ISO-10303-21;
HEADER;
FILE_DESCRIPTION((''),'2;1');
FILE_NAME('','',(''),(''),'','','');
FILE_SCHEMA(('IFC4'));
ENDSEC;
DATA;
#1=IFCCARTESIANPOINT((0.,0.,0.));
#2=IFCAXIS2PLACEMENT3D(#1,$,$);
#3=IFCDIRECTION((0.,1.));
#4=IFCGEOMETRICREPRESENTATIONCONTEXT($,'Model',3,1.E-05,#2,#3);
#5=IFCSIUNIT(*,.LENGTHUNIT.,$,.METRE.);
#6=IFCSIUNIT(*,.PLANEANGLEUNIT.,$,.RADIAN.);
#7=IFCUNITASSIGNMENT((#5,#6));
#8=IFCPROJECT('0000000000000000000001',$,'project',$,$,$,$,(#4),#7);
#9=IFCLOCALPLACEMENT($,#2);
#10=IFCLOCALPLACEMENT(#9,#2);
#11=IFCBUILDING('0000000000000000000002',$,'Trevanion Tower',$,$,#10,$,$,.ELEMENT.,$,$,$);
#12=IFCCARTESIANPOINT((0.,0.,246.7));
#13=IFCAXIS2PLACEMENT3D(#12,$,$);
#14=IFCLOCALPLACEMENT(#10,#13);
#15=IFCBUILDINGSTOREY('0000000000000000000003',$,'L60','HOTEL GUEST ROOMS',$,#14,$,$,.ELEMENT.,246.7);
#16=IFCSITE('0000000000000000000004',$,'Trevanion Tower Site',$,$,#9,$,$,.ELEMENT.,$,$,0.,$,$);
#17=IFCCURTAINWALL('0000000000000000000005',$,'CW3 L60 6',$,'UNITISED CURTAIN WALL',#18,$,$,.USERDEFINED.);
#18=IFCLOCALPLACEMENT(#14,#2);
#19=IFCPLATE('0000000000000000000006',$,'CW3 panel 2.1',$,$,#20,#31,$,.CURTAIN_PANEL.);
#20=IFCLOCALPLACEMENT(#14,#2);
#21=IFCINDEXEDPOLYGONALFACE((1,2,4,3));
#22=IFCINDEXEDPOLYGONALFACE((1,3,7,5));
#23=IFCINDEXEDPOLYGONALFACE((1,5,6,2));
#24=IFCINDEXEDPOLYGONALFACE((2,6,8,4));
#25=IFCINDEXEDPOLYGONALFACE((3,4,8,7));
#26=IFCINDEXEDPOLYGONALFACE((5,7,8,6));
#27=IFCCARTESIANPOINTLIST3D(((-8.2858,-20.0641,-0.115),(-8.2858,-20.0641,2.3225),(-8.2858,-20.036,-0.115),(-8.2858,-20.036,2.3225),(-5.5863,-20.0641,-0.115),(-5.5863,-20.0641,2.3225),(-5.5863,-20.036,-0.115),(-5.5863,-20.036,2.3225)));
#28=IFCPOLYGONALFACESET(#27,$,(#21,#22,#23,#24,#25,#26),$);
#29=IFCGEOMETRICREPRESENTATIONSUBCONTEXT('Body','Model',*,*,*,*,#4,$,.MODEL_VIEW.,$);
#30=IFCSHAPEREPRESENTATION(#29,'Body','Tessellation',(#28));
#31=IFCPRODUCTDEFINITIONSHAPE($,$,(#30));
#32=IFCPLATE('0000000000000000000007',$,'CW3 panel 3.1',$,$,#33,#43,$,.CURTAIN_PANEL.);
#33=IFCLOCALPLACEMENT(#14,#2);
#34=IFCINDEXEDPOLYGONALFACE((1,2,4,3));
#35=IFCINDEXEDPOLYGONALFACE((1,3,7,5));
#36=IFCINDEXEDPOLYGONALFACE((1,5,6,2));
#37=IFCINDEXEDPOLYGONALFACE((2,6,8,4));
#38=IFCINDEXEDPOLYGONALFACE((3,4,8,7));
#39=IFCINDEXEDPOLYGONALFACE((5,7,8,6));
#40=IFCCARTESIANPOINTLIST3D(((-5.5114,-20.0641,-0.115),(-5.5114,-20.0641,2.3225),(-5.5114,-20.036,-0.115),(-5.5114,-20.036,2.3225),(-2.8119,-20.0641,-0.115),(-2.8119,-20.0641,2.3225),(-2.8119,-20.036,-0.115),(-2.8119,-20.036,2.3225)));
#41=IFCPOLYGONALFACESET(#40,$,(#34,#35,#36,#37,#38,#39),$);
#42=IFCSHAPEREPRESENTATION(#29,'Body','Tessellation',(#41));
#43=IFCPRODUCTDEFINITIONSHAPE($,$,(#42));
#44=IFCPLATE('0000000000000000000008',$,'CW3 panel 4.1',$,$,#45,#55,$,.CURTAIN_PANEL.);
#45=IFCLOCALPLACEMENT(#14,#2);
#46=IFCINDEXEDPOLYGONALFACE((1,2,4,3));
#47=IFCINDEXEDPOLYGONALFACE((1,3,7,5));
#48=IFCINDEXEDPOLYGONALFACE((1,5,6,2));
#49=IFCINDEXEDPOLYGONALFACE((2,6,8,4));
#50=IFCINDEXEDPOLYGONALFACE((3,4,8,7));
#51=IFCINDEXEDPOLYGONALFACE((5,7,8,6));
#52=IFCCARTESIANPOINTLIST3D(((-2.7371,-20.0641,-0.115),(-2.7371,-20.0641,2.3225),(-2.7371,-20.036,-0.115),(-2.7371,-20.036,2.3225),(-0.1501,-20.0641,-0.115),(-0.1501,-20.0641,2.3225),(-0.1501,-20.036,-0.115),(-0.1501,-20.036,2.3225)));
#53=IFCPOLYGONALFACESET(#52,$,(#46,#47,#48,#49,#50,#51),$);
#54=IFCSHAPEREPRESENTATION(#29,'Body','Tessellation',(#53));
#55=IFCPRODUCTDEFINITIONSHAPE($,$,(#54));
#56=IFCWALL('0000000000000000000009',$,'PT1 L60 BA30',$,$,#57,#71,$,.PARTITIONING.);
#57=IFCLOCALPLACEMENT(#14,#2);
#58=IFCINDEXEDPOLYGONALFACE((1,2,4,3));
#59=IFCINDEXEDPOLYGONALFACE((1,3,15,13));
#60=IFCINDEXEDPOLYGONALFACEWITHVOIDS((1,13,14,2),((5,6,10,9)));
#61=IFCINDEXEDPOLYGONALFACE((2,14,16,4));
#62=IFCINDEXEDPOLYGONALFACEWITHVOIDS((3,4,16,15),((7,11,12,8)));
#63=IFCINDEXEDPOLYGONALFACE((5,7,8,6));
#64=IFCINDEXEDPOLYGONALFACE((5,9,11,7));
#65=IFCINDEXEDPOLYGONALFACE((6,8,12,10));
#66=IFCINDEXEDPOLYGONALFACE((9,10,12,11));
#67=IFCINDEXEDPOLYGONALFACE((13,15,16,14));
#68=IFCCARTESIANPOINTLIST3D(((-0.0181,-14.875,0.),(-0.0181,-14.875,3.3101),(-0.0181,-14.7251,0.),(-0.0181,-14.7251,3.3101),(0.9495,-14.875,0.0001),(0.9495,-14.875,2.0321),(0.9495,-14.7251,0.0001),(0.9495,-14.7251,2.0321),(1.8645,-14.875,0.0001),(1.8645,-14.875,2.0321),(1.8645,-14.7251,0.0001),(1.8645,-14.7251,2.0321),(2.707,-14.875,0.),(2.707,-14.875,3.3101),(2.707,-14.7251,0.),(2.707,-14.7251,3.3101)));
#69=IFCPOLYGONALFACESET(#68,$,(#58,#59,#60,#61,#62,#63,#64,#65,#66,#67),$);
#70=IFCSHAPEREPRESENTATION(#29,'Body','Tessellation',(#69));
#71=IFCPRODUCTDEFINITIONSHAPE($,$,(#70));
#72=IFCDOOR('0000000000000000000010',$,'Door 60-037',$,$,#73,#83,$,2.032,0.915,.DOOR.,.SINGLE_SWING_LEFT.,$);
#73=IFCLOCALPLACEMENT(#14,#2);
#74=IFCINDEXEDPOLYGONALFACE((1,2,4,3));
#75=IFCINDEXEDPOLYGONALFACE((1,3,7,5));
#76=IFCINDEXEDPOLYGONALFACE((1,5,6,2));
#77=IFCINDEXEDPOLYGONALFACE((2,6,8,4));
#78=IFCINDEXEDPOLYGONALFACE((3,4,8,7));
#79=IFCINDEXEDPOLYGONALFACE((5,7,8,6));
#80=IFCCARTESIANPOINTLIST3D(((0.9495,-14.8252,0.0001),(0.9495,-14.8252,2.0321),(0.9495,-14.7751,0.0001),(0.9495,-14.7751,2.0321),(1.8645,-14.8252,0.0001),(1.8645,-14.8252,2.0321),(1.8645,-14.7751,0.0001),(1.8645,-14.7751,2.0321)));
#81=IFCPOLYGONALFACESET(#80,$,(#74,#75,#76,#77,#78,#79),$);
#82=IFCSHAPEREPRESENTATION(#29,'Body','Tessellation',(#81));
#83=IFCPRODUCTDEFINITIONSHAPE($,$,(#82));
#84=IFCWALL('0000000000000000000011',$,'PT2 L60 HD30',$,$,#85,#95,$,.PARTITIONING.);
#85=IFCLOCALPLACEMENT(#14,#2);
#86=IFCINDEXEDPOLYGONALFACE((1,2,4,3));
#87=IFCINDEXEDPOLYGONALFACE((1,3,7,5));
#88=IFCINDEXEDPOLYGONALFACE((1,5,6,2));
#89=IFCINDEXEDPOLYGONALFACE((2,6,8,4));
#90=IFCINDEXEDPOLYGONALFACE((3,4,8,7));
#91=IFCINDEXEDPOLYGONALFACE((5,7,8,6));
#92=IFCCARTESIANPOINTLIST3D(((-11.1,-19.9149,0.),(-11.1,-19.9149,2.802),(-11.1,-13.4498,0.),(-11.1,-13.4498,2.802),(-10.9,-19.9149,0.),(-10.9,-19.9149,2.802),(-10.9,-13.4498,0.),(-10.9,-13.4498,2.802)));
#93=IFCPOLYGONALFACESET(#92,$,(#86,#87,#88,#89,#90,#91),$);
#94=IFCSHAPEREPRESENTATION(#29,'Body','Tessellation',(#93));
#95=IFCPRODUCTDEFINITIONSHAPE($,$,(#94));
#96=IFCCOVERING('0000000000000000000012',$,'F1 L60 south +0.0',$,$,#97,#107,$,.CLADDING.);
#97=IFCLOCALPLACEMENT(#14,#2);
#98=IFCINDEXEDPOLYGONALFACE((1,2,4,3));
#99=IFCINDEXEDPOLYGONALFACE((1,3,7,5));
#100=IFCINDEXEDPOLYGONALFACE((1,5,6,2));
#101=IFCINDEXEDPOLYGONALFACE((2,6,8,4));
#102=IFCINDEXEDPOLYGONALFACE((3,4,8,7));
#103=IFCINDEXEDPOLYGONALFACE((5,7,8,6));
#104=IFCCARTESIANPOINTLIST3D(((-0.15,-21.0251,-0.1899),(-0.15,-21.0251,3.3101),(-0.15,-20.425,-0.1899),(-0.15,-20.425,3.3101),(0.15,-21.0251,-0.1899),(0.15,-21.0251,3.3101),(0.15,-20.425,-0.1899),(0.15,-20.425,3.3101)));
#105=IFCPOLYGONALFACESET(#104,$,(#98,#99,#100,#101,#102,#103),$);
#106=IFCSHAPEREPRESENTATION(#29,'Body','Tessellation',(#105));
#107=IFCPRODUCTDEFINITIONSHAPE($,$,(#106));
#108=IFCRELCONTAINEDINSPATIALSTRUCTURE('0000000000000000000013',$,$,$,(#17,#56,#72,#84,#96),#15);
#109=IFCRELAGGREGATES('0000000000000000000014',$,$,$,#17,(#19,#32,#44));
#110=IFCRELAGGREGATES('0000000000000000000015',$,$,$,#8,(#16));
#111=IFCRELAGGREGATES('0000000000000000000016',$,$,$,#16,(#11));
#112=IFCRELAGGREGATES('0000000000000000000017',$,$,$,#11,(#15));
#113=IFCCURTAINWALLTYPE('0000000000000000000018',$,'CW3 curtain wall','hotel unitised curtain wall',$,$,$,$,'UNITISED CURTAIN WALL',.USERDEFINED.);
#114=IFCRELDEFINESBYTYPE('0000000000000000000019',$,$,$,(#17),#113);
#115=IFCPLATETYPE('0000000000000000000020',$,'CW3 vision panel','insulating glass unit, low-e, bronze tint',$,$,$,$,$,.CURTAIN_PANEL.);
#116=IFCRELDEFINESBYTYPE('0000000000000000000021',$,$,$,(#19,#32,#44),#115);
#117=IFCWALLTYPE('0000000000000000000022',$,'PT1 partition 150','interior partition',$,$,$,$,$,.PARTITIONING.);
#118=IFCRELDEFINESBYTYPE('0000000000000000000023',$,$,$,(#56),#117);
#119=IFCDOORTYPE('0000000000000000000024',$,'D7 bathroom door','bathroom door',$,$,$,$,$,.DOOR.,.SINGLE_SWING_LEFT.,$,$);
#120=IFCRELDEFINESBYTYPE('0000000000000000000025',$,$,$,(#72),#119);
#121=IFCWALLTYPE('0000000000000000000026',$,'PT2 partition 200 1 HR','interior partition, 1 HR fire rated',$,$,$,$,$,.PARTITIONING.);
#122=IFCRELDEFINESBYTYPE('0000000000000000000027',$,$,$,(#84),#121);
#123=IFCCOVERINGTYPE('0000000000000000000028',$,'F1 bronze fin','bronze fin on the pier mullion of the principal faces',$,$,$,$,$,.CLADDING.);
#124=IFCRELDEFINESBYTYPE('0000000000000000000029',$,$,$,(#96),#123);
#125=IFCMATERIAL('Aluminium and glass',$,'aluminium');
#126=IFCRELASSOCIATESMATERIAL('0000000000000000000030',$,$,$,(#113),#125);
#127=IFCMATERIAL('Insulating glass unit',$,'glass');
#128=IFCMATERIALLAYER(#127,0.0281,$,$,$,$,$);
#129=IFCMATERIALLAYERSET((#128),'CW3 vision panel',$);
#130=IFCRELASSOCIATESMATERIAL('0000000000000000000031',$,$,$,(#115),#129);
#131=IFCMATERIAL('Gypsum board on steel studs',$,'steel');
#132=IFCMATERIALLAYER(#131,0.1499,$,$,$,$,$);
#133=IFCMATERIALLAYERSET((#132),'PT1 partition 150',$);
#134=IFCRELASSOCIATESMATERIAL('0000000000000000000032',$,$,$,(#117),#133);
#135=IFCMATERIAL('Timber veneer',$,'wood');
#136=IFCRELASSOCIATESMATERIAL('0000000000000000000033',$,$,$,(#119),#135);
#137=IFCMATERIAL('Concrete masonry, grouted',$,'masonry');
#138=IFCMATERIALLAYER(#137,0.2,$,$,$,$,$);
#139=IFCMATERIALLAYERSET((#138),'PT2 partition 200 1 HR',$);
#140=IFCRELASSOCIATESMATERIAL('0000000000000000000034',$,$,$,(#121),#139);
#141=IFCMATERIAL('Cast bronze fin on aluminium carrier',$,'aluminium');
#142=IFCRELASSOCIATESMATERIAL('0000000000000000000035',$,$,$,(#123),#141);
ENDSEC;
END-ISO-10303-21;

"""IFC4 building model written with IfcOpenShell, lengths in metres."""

from ifc_helpers import new_model, si_unit, direction, frame, frame_2d, origin, origin_2d, place, context, subcontext, project, spatial, rectangle, extrude, material, layer, layer_set, type_object, element, fill, aggregate, save


model = new_model("IFC4")

# Units and contexts
model_context = context("Model", 3, precision=1e-05, world=origin(), true_north=direction((0.0, 1.0)))
body_context = subcontext(model_context, "Body", "Model", "MODEL_VIEW")
ifc_project = project(units=[si_unit("LENGTHUNIT", "METRE"), si_unit("PLANEANGLEUNIT", "RADIAN")], contexts=[model_context])

# Site, building, storey
site_placement = place(None, origin())
site = spatial("IfcSite", under=ifc_project, at=site_placement, Name="Trevanion Tower Site", CompositionType="ELEMENT", RefElevation=0.0)
building_placement = place(site_placement, origin())
building = spatial("IfcBuilding", under=site, at=building_placement, Name="Trevanion Tower", CompositionType="ELEMENT")
storey_placement = place(building_placement, frame((0.0, 0.0, 246.7)))
storey = spatial("IfcBuildingStorey", under=building, at=storey_placement, Name="L60", Description="HOTEL GUEST ROOMS", CompositionType="ELEMENT", Elevation=246.7)

# Curtain wall
ifc_material_1 = material(Name="Aluminium and glass", Category="aluminium")
curtain_wall_type = type_object("IfcCurtainWallType", Name="CW3 curtain wall", Description="hotel unitised curtain wall", ElementType="UNITISED CURTAIN WALL", PredefinedType="USERDEFINED", material=ifc_material_1)
curtain_wall_placement = place(storey_placement, origin())
curtain_wall = element("IfcCurtainWall", 1, at=curtain_wall_placement, inside=storey, type_object=curtain_wall_type, Name="CW3 L60 6", ObjectType="UNITISED CURTAIN WALL", PredefinedType="USERDEFINED")

# Plates
ifc_material_2 = material(Name="Insulating glass unit", Category="glass")
ifc_layer_1 = layer(ifc_material_2, 0.0281)
ifc_layer_set_1 = layer_set([ifc_layer_1], Name="CW3 vision panel")
plate_type_1 = type_object("IfcPlateType", Name="CW3 vision panel", Description="insulating glass unit, low-e, bronze tint", PredefinedType="CURTAIN_PANEL", material=ifc_layer_set_1)
plate_1_placement = place(storey_placement, frame((-6.936, -20.05, -0.115), z_axis=(0.0, 0.0, 1.0), x_axis=(1.0, 0.0, 0.0)))
plate_1 = element("IfcPlate", 2, at=plate_1_placement, type_object=plate_type_1, Name="CW3 panel 2.1", PredefinedType="CURTAIN_PANEL", context=body_context, shape_type="SweptSolid", body=[
    extrude(rectangle(XDim=2.6995, YDim=0.0281, at=origin_2d()), origin(), (0.0, 0.0, 1.0), 2.4375),
])
plate_2_placement = place(storey_placement, frame((-4.1616, -20.05, -0.115), z_axis=(0.0, 0.0, 1.0), x_axis=(1.0, 0.0, 0.0)))
plate_2 = element("IfcPlate", 3, at=plate_2_placement, type_object=plate_type_1, Name="CW3 panel 3.1", PredefinedType="CURTAIN_PANEL", context=body_context, shape_type="SweptSolid", body=[
    extrude(rectangle(XDim=2.6995, YDim=0.0281, at=origin_2d()), origin(), (0.0, 0.0, 1.0), 2.4375),
])
plate_3_placement = place(storey_placement, frame((-1.4436, -20.05, -0.115), z_axis=(0.0, 0.0, 1.0), x_axis=(1.0, 0.0, 0.0)))
plate_3 = element("IfcPlate", 4, at=plate_3_placement, type_object=plate_type_1, Name="CW3 panel 4.1", PredefinedType="CURTAIN_PANEL", context=body_context, shape_type="SweptSolid", body=[
    extrude(rectangle(XDim=2.5869, YDim=0.0281, at=origin_2d()), origin(), (0.0, 0.0, 1.0), 2.4375),
])
aggregate(curtain_wall, [plate_1, plate_2, plate_3])

# Wall, opening, door
ifc_material_3 = material(Name="Gypsum board on steel studs", Category="steel")
ifc_layer_2 = layer(ifc_material_3, 0.1499)
ifc_layer_set_2 = layer_set([ifc_layer_2], Name="PT1 partition 150")
wall_type_1 = type_object("IfcWallType", Name="PT1 partition 150", Description="interior partition", PredefinedType="PARTITIONING", material=ifc_layer_set_2)
wall_1_placement = place(storey_placement, frame((-0.0181, -14.8, 0.0), z_axis=(0.0, 0.0, 1.0), x_axis=(1.0, 0.0, 0.0)))
wall_1 = element("IfcWall", 5, at=wall_1_placement, inside=storey, type_object=wall_type_1, Name="PT1 L60 BA30", PredefinedType="PARTITIONING", context=body_context, shape_type="SweptSolid", body=[
    extrude(rectangle(XDim=2.7251, YDim=0.1499, at=frame_2d((1.3625, 0.0))), origin(), (0.0, 0.0, 1.0), 3.3101),
])
opening_placement = place(wall_1_placement, frame((0.9675, 0.0, 0.0)))
opening = element("IfcOpeningElement", 6, at=opening_placement, cuts=wall_1, PredefinedType="OPENING", context=body_context, shape_type="SweptSolid", body=[
    extrude(rectangle(XDim=0.915, YDim=2.032, at=frame_2d((0.4575, 1.0161))), frame((0.0, 0.085, 0.0), z_axis=(0.0, -1.0, 0.0), x_axis=(1.0, 0.0, 0.0)), (0.0, 0.0, 1.0), 0.1699),
])
ifc_material_4 = material(Name="Timber veneer", Category="wood")
door_type = type_object("IfcDoorType", Name="D7 bathroom door", Description="bathroom door", OperationType="SINGLE_SWING_LEFT", PredefinedType="DOOR", material=ifc_material_4)
door_placement = place(opening_placement, origin())
door = element("IfcDoor", 7, at=door_placement, inside=storey, type_object=door_type, Name="Door 60-037", OperationType="SINGLE_SWING_LEFT", OverallHeight=2.032, OverallWidth=0.915, PredefinedType="DOOR", context=body_context, shape_type="SweptSolid", body=[
    extrude(rectangle(XDim=0.915, YDim=2.032, at=frame_2d((0.4575, 1.0161))), frame((0.0, 0.0249, 0.0), z_axis=(0.0, -1.0, 0.0), x_axis=(1.0, 0.0, 0.0)), (0.0, 0.0, 1.0), 0.05),
])
fill(opening, door)

# Wall
ifc_material_5 = material(Name="Concrete masonry, grouted", Category="masonry")
ifc_layer_3 = layer(ifc_material_5, 0.2)
ifc_layer_set_3 = layer_set([ifc_layer_3], Name="PT2 partition 200 1 HR")
wall_type_2 = type_object("IfcWallType", Name="PT2 partition 200 1 HR", Description="interior partition, 1 HR fire rated", PredefinedType="PARTITIONING", material=ifc_layer_set_3)
wall_2_placement = place(storey_placement, frame((-11.0, -13.45, 0.0), z_axis=(0.0, 0.0, 1.0), x_axis=(0.0, -1.0, 0.0)))
element("IfcWall", 8, at=wall_2_placement, inside=storey, type_object=wall_type_2, Name="PT2 L60 HD30", PredefinedType="PARTITIONING", context=body_context, shape_type="SweptSolid", body=[
    extrude(rectangle(XDim=6.4651, YDim=0.2, at=frame_2d((3.2324, 0.0))), origin(), (0.0, 0.0, 1.0), 2.802),
])

# Covering
ifc_material_6 = material(Name="Cast bronze fin on aluminium carrier", Category="aluminium")
covering_type = type_object("IfcCoveringType", Name="F1 bronze fin", Description="bronze fin on the pier mullion of the principal faces", PredefinedType="CLADDING", material=ifc_material_6)
covering_placement = place(storey_placement, frame((0.0, -20.7251, -0.1899), z_axis=(0.0, 0.0, 1.0), x_axis=(1.0, 0.0, 0.0)))
element("IfcCovering", 9, at=covering_placement, inside=storey, type_object=covering_type, Name="F1 L60 south +0.0", PredefinedType="CLADDING", context=body_context, shape_type="SweptSolid", body=[
    extrude(rectangle(XDim=0.3, YDim=0.6001, at=origin_2d()), origin(), (0.0, 0.0, 1.0), 3.5),
])

save(model, "model.ifc")
